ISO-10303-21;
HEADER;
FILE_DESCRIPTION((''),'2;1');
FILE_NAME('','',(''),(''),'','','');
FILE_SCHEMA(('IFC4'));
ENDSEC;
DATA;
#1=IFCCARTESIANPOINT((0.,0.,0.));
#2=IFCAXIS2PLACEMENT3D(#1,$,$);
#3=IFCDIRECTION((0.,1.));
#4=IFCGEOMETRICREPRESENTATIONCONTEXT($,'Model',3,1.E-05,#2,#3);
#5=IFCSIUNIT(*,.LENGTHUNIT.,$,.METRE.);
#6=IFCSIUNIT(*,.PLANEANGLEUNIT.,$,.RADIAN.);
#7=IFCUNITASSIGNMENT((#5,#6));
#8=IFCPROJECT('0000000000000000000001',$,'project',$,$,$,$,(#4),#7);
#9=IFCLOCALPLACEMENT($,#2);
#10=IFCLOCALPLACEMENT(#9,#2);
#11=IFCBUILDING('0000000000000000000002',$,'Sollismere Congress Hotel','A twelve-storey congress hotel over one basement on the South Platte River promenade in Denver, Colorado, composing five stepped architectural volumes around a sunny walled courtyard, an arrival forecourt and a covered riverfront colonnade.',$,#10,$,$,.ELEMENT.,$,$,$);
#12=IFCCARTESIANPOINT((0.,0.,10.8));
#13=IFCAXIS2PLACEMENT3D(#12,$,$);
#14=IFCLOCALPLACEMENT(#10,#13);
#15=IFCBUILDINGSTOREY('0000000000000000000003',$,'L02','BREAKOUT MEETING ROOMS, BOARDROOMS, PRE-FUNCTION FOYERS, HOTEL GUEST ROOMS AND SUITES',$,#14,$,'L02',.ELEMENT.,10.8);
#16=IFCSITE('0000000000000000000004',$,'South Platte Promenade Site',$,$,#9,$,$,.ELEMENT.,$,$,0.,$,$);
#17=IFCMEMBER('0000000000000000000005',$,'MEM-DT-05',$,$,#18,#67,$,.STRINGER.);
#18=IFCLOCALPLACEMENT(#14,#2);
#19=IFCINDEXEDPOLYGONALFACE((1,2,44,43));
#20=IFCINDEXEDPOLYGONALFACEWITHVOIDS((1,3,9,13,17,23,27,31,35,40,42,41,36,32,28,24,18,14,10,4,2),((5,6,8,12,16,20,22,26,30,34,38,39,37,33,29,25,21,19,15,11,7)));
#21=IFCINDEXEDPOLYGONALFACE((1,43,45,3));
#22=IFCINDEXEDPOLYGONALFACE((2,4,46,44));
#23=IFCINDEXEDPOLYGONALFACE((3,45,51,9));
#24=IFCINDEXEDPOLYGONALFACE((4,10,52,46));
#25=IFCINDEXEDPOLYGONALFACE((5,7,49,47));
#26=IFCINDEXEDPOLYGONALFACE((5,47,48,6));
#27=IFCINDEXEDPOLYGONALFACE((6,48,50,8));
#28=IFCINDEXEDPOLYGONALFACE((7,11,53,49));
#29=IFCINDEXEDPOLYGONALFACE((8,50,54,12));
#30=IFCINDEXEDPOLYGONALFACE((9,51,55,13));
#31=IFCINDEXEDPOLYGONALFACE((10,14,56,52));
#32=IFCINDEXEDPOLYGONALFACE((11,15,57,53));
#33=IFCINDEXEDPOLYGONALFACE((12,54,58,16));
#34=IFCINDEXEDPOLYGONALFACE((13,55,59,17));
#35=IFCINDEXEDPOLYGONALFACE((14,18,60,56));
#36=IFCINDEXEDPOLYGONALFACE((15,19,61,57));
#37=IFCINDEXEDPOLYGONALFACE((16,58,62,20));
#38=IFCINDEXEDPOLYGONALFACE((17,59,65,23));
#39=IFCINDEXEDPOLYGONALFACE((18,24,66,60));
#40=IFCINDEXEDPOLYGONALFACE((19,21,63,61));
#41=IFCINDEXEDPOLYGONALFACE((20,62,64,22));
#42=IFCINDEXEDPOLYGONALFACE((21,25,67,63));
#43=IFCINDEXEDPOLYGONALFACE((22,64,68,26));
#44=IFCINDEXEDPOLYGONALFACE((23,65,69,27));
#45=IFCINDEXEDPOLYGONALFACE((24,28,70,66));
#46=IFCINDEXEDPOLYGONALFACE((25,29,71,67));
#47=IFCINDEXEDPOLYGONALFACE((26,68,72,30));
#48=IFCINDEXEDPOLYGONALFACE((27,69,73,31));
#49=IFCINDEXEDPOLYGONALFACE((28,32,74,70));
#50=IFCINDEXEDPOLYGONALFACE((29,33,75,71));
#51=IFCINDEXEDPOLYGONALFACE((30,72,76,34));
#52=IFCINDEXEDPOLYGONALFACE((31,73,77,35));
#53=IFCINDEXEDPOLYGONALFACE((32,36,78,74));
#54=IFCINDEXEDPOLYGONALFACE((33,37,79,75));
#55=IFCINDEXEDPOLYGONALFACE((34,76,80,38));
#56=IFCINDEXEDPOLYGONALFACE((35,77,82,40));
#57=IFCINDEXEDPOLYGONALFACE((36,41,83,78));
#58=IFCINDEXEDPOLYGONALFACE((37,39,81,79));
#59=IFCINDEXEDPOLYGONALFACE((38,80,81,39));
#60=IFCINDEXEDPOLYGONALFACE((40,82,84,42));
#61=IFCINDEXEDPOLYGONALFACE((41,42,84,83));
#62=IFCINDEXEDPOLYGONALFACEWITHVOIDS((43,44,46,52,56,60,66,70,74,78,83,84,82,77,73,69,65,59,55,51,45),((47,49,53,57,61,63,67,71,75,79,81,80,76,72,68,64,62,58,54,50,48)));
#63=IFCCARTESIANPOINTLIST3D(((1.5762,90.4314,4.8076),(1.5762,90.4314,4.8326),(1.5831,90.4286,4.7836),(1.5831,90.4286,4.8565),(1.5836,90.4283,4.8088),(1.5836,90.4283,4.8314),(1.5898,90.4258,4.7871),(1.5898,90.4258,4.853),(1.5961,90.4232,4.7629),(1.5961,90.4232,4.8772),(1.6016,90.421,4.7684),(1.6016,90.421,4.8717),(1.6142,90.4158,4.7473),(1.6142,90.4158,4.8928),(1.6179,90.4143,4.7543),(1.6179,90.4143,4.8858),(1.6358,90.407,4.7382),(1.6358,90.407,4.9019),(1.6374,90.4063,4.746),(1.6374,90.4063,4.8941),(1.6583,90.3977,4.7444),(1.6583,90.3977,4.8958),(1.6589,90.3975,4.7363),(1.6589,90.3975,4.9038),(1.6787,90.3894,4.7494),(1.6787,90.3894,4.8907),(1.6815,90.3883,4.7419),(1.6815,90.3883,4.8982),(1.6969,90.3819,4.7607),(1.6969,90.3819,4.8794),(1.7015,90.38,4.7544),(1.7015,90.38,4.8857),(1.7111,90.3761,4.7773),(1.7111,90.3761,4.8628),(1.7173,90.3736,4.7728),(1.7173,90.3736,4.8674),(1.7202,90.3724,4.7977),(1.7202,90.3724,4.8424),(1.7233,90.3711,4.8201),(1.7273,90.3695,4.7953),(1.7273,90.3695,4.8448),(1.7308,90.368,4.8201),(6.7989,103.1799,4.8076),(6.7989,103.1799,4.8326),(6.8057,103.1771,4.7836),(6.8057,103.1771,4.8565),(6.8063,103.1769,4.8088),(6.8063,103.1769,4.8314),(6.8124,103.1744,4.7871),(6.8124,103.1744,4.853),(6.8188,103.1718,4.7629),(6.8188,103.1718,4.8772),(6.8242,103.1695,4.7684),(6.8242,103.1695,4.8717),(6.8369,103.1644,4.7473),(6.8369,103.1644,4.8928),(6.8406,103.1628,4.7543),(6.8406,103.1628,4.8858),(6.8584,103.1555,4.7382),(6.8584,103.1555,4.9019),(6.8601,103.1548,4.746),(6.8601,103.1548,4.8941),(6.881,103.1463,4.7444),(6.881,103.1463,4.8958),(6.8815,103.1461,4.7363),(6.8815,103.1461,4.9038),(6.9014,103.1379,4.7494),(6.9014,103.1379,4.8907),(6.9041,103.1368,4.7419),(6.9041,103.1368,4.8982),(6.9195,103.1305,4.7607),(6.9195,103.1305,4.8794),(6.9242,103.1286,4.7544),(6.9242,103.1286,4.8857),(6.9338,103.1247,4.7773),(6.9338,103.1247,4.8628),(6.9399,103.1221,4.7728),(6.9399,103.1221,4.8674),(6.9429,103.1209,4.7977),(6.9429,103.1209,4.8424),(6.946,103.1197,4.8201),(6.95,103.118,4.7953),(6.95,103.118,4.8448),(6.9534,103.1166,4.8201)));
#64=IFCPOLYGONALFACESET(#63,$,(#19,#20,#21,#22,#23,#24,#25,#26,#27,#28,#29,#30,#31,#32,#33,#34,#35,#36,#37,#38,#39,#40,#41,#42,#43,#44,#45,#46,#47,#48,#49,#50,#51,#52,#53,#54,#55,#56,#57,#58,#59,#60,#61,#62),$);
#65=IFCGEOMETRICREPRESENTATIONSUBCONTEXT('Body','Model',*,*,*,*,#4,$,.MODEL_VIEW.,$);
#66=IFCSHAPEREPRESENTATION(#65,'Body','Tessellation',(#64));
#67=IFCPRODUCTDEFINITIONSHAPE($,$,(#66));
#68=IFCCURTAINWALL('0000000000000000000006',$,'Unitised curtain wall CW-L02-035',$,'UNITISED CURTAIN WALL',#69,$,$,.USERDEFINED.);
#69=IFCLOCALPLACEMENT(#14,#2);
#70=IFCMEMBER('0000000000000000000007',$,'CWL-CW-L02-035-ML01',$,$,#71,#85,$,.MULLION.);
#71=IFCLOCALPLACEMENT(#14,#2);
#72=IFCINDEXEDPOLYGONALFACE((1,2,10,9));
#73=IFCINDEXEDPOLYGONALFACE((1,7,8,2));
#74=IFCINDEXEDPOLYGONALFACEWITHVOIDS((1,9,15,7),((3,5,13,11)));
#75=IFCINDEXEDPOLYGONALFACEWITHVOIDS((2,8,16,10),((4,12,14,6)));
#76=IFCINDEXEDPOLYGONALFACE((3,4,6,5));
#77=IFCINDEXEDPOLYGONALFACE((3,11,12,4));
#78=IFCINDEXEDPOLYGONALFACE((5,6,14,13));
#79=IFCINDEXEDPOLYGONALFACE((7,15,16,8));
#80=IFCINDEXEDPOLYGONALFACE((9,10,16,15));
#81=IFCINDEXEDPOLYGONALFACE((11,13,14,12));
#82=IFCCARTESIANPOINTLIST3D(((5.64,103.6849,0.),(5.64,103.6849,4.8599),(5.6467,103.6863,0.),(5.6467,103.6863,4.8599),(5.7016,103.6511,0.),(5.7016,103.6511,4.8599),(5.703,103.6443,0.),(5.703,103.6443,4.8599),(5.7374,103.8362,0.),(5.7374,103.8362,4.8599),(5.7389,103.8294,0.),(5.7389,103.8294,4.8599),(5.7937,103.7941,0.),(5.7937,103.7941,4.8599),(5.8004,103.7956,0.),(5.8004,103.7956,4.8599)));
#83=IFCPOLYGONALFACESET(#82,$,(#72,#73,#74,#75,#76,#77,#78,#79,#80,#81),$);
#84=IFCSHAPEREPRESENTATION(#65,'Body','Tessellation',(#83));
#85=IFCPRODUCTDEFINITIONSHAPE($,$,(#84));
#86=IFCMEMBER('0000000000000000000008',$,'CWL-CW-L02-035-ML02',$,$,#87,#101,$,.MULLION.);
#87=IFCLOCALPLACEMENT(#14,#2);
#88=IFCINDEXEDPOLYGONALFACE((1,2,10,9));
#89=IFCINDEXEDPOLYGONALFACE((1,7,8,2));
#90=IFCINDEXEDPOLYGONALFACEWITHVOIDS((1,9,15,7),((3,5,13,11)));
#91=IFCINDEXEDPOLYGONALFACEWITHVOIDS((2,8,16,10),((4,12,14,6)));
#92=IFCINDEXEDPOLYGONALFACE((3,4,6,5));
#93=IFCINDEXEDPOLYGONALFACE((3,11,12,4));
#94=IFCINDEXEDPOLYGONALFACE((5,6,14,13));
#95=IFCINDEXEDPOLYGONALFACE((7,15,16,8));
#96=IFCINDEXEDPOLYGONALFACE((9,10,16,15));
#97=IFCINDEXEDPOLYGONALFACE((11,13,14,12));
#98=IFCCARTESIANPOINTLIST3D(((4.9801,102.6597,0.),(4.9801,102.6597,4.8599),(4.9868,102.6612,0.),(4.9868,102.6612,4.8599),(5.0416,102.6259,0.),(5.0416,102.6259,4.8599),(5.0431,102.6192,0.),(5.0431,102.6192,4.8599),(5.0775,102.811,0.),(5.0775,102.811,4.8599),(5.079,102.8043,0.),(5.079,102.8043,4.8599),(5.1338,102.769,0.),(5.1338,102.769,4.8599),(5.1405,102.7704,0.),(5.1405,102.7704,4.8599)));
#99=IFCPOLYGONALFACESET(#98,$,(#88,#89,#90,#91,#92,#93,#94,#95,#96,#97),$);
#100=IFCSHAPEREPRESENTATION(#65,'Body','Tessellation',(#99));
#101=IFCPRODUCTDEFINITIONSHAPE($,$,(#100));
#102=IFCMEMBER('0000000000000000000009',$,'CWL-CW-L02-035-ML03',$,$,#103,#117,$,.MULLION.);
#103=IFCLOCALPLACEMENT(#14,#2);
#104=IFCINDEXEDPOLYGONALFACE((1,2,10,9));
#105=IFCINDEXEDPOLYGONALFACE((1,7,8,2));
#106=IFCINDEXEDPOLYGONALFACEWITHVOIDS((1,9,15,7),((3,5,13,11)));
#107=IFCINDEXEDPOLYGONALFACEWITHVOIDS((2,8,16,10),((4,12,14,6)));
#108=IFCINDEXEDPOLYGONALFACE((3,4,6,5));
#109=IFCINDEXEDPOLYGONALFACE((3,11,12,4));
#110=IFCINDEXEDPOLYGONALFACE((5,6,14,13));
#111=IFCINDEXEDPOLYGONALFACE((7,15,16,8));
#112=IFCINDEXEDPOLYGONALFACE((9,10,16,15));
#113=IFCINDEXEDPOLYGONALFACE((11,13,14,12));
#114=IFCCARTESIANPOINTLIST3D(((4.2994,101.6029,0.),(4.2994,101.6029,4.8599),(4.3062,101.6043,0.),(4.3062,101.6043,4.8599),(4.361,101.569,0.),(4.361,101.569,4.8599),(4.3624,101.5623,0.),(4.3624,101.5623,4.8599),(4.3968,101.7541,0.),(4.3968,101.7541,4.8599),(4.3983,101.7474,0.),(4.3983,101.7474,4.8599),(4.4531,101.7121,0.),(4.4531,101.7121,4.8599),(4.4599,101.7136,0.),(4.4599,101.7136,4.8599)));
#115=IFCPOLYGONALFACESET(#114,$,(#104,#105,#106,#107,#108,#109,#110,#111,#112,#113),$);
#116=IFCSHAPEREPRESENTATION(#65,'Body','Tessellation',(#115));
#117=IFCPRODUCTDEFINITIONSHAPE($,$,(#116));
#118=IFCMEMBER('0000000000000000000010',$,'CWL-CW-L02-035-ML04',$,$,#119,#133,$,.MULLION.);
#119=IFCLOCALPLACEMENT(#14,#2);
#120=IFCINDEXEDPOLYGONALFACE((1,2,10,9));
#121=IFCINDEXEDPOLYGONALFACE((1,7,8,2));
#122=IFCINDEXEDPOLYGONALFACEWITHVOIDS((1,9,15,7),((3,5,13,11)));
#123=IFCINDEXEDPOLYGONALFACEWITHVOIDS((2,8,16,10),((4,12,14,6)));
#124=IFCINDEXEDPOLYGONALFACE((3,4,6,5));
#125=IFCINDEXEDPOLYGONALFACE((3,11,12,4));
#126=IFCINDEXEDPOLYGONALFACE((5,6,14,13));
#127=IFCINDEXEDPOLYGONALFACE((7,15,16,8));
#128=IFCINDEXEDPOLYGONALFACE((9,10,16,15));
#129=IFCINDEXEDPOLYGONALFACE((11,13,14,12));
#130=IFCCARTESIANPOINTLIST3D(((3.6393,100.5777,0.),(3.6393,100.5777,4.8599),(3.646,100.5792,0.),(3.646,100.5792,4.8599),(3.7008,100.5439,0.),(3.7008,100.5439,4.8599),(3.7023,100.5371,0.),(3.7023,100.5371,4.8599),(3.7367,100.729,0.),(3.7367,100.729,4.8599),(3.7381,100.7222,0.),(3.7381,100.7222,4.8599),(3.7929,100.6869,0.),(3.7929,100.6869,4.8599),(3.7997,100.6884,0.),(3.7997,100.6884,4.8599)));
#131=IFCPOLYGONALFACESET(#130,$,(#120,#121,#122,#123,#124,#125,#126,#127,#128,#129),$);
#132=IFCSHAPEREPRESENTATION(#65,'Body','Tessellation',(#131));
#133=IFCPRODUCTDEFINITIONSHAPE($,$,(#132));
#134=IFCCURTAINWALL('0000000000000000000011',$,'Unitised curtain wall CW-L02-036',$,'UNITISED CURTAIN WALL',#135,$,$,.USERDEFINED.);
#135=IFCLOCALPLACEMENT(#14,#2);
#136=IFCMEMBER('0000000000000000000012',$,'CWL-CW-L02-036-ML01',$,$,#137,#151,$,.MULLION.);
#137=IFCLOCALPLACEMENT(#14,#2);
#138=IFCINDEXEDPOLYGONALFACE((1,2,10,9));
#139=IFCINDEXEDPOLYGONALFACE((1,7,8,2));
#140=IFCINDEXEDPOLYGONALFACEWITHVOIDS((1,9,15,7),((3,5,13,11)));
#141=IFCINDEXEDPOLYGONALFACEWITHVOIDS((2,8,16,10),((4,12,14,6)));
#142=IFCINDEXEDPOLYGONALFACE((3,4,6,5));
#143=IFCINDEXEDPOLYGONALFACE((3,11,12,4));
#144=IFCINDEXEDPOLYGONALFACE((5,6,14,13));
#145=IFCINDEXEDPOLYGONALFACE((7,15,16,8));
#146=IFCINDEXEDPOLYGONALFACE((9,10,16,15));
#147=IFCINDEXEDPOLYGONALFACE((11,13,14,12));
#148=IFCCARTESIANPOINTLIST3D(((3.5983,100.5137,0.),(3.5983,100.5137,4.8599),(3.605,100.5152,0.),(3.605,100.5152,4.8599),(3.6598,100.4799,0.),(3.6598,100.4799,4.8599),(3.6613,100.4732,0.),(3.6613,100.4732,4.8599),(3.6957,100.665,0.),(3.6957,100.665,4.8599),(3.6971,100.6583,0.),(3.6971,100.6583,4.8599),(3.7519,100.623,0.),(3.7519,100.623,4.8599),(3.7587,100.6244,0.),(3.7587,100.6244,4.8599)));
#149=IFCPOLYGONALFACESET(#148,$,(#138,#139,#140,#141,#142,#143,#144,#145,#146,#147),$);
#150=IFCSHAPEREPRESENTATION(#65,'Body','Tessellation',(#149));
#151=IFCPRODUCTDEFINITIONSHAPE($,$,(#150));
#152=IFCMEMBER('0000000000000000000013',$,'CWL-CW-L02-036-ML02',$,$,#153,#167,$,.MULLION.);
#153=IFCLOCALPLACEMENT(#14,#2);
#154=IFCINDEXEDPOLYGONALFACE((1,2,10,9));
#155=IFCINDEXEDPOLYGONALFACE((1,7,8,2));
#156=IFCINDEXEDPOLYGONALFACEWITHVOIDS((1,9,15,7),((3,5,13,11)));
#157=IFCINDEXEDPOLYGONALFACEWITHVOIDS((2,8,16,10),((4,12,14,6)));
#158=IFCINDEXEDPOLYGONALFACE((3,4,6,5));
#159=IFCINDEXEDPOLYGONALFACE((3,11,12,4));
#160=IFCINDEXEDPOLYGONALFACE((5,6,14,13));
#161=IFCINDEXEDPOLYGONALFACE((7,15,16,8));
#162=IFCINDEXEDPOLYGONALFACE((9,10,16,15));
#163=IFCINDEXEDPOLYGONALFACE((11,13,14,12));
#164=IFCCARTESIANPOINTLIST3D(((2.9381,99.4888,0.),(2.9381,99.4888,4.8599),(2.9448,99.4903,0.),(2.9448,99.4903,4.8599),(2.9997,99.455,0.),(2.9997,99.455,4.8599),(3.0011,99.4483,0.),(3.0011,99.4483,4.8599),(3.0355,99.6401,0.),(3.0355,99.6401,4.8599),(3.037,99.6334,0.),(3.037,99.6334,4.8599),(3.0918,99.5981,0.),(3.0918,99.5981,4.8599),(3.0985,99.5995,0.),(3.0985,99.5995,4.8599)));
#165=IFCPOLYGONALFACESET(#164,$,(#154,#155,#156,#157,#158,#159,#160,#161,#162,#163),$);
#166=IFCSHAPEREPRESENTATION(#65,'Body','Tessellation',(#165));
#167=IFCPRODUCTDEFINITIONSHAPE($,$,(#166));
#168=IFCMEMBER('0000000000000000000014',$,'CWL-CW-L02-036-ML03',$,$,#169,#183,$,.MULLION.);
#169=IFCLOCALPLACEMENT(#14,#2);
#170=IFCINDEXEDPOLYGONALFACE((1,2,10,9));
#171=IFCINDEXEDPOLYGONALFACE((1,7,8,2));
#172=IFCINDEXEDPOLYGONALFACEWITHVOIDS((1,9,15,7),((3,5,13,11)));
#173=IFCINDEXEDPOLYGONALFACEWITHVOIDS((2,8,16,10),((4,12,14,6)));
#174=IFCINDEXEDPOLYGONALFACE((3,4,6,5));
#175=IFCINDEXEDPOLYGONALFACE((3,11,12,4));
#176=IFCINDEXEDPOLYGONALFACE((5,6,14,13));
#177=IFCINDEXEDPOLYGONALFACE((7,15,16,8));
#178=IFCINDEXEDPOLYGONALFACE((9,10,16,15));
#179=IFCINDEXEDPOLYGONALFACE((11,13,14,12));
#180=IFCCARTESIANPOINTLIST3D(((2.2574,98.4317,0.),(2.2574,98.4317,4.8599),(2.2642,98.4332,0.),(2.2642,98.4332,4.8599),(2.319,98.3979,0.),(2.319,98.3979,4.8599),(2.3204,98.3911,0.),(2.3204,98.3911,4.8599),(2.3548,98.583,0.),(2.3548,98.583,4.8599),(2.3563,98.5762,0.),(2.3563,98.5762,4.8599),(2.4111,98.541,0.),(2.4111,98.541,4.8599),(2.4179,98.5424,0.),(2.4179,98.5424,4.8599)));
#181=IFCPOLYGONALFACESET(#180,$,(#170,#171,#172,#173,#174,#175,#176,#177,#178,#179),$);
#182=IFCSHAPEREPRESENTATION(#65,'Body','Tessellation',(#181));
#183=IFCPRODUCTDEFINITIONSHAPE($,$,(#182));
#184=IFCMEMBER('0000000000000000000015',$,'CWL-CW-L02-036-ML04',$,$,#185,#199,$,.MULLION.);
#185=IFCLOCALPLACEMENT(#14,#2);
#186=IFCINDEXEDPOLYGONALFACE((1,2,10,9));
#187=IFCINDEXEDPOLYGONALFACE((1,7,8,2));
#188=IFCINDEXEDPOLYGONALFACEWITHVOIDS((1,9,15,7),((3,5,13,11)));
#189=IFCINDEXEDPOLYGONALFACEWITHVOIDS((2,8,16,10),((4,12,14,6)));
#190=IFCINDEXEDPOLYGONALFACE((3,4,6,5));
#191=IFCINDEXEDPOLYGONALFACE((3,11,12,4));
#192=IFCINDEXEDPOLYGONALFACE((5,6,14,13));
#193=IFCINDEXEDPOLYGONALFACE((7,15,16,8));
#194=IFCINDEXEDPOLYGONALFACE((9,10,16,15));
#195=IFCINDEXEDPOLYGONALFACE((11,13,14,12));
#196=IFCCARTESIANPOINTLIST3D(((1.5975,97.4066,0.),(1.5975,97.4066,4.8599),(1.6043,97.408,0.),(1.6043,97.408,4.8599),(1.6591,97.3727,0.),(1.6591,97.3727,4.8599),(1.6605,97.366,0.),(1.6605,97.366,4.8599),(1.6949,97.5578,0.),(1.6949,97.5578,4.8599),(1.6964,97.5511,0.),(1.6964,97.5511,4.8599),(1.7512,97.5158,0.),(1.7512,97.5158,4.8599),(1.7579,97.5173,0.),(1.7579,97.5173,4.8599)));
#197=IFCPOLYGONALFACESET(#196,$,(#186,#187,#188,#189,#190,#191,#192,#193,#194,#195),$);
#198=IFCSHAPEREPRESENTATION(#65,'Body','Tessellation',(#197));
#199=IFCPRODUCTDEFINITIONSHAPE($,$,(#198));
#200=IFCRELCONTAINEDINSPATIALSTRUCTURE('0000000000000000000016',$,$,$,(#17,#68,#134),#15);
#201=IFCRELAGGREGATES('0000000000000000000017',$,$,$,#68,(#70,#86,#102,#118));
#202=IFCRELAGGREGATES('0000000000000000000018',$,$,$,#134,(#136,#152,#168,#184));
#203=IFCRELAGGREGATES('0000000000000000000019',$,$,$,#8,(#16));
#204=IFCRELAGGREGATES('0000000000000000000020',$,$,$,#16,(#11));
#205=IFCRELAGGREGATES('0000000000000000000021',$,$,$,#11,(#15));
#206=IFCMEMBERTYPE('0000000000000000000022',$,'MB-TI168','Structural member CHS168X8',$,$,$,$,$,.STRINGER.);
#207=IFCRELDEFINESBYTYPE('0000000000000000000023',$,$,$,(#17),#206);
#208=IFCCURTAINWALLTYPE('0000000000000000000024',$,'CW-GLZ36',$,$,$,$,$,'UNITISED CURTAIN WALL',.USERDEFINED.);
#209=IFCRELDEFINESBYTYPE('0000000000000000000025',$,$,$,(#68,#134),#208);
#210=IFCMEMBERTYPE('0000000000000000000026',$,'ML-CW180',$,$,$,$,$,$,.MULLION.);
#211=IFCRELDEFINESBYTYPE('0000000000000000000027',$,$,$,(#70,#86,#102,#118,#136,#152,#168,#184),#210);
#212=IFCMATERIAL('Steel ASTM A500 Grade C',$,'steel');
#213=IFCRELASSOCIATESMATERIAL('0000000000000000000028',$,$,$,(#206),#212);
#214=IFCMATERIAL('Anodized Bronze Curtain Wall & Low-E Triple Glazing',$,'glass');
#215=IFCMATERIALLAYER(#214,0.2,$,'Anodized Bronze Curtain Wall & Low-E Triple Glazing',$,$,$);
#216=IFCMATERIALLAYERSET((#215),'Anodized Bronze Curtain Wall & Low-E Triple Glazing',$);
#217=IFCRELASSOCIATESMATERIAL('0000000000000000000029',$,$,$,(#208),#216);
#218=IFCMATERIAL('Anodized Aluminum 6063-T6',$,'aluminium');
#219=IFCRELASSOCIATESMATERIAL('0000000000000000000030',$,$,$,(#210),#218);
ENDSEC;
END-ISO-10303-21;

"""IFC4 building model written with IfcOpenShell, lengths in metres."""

from ifc_helpers import new_model, si_unit, direction, frame, origin, origin_2d, place, context, subcontext, project, spatial, hollow_rectangle, hollow_circle, extrude, material, layer, layer_set, material_profile, profile_set, type_object, element, aggregate, save


model = new_model("IFC4")

# Units and contexts
model_context = context("Model", 3, precision=1e-05, world=origin(), true_north=direction((0.0, 1.0)))
body_context = subcontext(model_context, "Body", "Model", "MODEL_VIEW")
ifc_project = project(units=[si_unit("LENGTHUNIT", "METRE"), si_unit("PLANEANGLEUNIT", "RADIAN")], contexts=[model_context])

# Site, building, storey
site_placement = place(None, origin())
site = spatial("IfcSite", under=ifc_project, at=site_placement, Name="South Platte Promenade Site", CompositionType="ELEMENT", RefElevation=0.0)
building_placement = place(site_placement, origin())
building = spatial("IfcBuilding", under=site, at=building_placement, Name="Sollismere Congress Hotel", Description="A twelve-storey congress hotel over one basement on the South Platte River promenade in Denver, Colorado, composing five stepped architectural volumes around a sunny walled courtyard, an arrival forecourt and a covered riverfront colonnade.", CompositionType="ELEMENT")
storey_placement = place(building_placement, frame((0.0, 0.0, 10.8)))
storey = spatial("IfcBuildingStorey", under=building, at=storey_placement, Name="L02", Description="BREAKOUT MEETING ROOMS, BOARDROOMS, PRE-FUNCTION FOYERS, HOTEL GUEST ROOMS AND SUITES", LongName="L02", CompositionType="ELEMENT", Elevation=10.8)

# Shared definitions
ifc_material_1 = material(Name="Steel ASTM A500 Grade C", Category="steel")

# Member
ifc_material_profile_1 = material_profile(ifc_material_1, hollow_circle(Radius=0.084, WallThickness=0.0081, at=origin_2d()), Name="CHS168X8")
ifc_profile_set_1 = profile_set([ifc_material_profile_1], Name="Steel ASTM A500 Grade C")
member_type_1 = type_object("IfcMemberType", Name="MB-TI168", Description="Structural member CHS168X8", PredefinedType="STRINGER", material=ifc_profile_set_1)
member_1_placement = place(storey_placement, frame((6.8757, 103.1484, 4.8201), z_axis=(-0.37909, -0.92536, 0.0), x_axis=(0.92536, -0.37909, 0.0)))
element("IfcMember", 1, at=member_1_placement, inside=storey, type_object=member_type_1, Name="MEM-DT-05", PredefinedType="STRINGER", context=body_context, shape_type="SweptSolid", body=[
    extrude(hollow_circle(Radius=0.084, WallThickness=0.0081, at=origin_2d()), origin(), (0.0, 0.0, 1.0), 13.7769),
])

# Curtain walls, members
ifc_material_2 = material(Name="Anodized Bronze Curtain Wall & Low-E Triple Glazing", Category="glass")
ifc_layer_1 = layer(ifc_material_2, 0.2, Name="Anodized Bronze Curtain Wall & Low-E Triple Glazing")
ifc_layer_set_1 = layer_set([ifc_layer_1], Name="Anodized Bronze Curtain Wall & Low-E Triple Glazing")
curtain_wall_type = type_object("IfcCurtainWallType", Name="CW-GLZ36", ElementType="UNITISED CURTAIN WALL", PredefinedType="USERDEFINED", material=ifc_layer_set_1)
curtain_wall_1_placement = place(storey_placement, origin())
curtain_wall_1 = element("IfcCurtainWall", 2, at=curtain_wall_1_placement, inside=storey, type_object=curtain_wall_type, Name="Unitised curtain wall CW-L02-035", ObjectType="UNITISED CURTAIN WALL", PredefinedType="USERDEFINED")
ifc_material_3 = material(Name="Anodized Aluminum 6063-T6", Category="aluminium")
ifc_material_profile_2 = material_profile(ifc_material_3, hollow_rectangle(XDim=0.075, YDim=0.1799, WallThickness=0.0049, at=origin_2d()), Name="ALU180X75X5")
ifc_profile_set_2 = profile_set([ifc_material_profile_2], Name="Anodized Aluminum 6063-T6")
member_type_2 = type_object("IfcMemberType", Name="ML-CW180", PredefinedType="MULLION", material=ifc_profile_set_2)
member_2_placement = place(storey_placement, frame((5.7202, 103.7402, 0.0), z_axis=(0.0, 0.0, 1.0), x_axis=(0.840775, -0.541385, 0.0)))
member_2 = element("IfcMember", 3, at=member_2_placement, type_object=member_type_2, Name="CWL-CW-L02-035-ML01", PredefinedType="MULLION", context=body_context, shape_type="SweptSolid", body=[
    extrude(hollow_rectangle(XDim=0.075, YDim=0.1799, WallThickness=0.0049, at=origin_2d()), origin(), (0.0, 0.0, 1.0), 4.8599),
])
member_3_placement = place(storey_placement, frame((5.0603, 102.7151, 0.0), z_axis=(0.0, 0.0, 1.0), x_axis=(0.840775, -0.541385, 0.0)))
member_3 = element("IfcMember", 4, at=member_3_placement, type_object=member_type_2, Name="CWL-CW-L02-035-ML02", PredefinedType="MULLION", context=body_context, shape_type="SweptSolid", body=[
    extrude(hollow_rectangle(XDim=0.075, YDim=0.1799, WallThickness=0.0049, at=origin_2d()), origin(), (0.0, 0.0, 1.0), 4.8599),
])
member_4_placement = place(storey_placement, frame((4.3796, 101.6582, 0.0), z_axis=(0.0, 0.0, 1.0), x_axis=(0.840775, -0.541385, 0.0)))
member_4 = element("IfcMember", 5, at=member_4_placement, type_object=member_type_2, Name="CWL-CW-L02-035-ML03", PredefinedType="MULLION", context=body_context, shape_type="SweptSolid", body=[
    extrude(hollow_rectangle(XDim=0.075, YDim=0.1799, WallThickness=0.0049, at=origin_2d()), origin(), (0.0, 0.0, 1.0), 4.8599),
])
member_5_placement = place(storey_placement, frame((3.7195, 100.6331, 0.0), z_axis=(0.0, 0.0, 1.0), x_axis=(0.840775, -0.541385, 0.0)))
member_5 = element("IfcMember", 6, at=member_5_placement, type_object=member_type_2, Name="CWL-CW-L02-035-ML04", PredefinedType="MULLION", context=body_context, shape_type="SweptSolid", body=[
    extrude(hollow_rectangle(XDim=0.075, YDim=0.1799, WallThickness=0.0049, at=origin_2d()), origin(), (0.0, 0.0, 1.0), 4.8599),
])
curtain_wall_2_placement = place(storey_placement, origin())
curtain_wall_2 = element("IfcCurtainWall", 7, at=curtain_wall_2_placement, inside=storey, type_object=curtain_wall_type, Name="Unitised curtain wall CW-L02-036", ObjectType="UNITISED CURTAIN WALL", PredefinedType="USERDEFINED")
member_6_placement = place(storey_placement, frame((3.6785, 100.5691, 0.0), z_axis=(0.0, 0.0, 1.0), x_axis=(0.840775, -0.541385, 0.0)))
member_6 = element("IfcMember", 8, at=member_6_placement, type_object=member_type_2, Name="CWL-CW-L02-036-ML01", PredefinedType="MULLION", context=body_context, shape_type="SweptSolid", body=[
    extrude(hollow_rectangle(XDim=0.075, YDim=0.1799, WallThickness=0.0049, at=origin_2d()), origin(), (0.0, 0.0, 1.0), 4.8599),
])
member_7_placement = place(storey_placement, frame((3.0183, 99.5442, 0.0), z_axis=(0.0, 0.0, 1.0), x_axis=(0.840775, -0.541385, 0.0)))
member_7 = element("IfcMember", 9, at=member_7_placement, type_object=member_type_2, Name="CWL-CW-L02-036-ML02", PredefinedType="MULLION", context=body_context, shape_type="SweptSolid", body=[
    extrude(hollow_rectangle(XDim=0.075, YDim=0.1799, WallThickness=0.0049, at=origin_2d()), origin(), (0.0, 0.0, 1.0), 4.8599),
])
member_8_placement = place(storey_placement, frame((2.3376, 98.4871, 0.0), z_axis=(0.0, 0.0, 1.0), x_axis=(0.840775, -0.541385, 0.0)))
member_8 = element("IfcMember", 10, at=member_8_placement, type_object=member_type_2, Name="CWL-CW-L02-036-ML03", PredefinedType="MULLION", context=body_context, shape_type="SweptSolid", body=[
    extrude(hollow_rectangle(XDim=0.075, YDim=0.1799, WallThickness=0.0049, at=origin_2d()), origin(), (0.0, 0.0, 1.0), 4.8599),
])
member_9_placement = place(storey_placement, frame((1.6777, 97.4619, 0.0), z_axis=(0.0, 0.0, 1.0), x_axis=(0.840775, -0.541385, 0.0)))
member_9 = element("IfcMember", 11, at=member_9_placement, type_object=member_type_2, Name="CWL-CW-L02-036-ML04", PredefinedType="MULLION", context=body_context, shape_type="SweptSolid", body=[
    extrude(hollow_rectangle(XDim=0.075, YDim=0.1799, WallThickness=0.0049, at=origin_2d()), origin(), (0.0, 0.0, 1.0), 4.8599),
])

aggregate(curtain_wall_1, [member_2, member_3, member_4, member_5])
aggregate(curtain_wall_2, [member_6, member_7, member_8, member_9])

save(model, "model.ifc")
